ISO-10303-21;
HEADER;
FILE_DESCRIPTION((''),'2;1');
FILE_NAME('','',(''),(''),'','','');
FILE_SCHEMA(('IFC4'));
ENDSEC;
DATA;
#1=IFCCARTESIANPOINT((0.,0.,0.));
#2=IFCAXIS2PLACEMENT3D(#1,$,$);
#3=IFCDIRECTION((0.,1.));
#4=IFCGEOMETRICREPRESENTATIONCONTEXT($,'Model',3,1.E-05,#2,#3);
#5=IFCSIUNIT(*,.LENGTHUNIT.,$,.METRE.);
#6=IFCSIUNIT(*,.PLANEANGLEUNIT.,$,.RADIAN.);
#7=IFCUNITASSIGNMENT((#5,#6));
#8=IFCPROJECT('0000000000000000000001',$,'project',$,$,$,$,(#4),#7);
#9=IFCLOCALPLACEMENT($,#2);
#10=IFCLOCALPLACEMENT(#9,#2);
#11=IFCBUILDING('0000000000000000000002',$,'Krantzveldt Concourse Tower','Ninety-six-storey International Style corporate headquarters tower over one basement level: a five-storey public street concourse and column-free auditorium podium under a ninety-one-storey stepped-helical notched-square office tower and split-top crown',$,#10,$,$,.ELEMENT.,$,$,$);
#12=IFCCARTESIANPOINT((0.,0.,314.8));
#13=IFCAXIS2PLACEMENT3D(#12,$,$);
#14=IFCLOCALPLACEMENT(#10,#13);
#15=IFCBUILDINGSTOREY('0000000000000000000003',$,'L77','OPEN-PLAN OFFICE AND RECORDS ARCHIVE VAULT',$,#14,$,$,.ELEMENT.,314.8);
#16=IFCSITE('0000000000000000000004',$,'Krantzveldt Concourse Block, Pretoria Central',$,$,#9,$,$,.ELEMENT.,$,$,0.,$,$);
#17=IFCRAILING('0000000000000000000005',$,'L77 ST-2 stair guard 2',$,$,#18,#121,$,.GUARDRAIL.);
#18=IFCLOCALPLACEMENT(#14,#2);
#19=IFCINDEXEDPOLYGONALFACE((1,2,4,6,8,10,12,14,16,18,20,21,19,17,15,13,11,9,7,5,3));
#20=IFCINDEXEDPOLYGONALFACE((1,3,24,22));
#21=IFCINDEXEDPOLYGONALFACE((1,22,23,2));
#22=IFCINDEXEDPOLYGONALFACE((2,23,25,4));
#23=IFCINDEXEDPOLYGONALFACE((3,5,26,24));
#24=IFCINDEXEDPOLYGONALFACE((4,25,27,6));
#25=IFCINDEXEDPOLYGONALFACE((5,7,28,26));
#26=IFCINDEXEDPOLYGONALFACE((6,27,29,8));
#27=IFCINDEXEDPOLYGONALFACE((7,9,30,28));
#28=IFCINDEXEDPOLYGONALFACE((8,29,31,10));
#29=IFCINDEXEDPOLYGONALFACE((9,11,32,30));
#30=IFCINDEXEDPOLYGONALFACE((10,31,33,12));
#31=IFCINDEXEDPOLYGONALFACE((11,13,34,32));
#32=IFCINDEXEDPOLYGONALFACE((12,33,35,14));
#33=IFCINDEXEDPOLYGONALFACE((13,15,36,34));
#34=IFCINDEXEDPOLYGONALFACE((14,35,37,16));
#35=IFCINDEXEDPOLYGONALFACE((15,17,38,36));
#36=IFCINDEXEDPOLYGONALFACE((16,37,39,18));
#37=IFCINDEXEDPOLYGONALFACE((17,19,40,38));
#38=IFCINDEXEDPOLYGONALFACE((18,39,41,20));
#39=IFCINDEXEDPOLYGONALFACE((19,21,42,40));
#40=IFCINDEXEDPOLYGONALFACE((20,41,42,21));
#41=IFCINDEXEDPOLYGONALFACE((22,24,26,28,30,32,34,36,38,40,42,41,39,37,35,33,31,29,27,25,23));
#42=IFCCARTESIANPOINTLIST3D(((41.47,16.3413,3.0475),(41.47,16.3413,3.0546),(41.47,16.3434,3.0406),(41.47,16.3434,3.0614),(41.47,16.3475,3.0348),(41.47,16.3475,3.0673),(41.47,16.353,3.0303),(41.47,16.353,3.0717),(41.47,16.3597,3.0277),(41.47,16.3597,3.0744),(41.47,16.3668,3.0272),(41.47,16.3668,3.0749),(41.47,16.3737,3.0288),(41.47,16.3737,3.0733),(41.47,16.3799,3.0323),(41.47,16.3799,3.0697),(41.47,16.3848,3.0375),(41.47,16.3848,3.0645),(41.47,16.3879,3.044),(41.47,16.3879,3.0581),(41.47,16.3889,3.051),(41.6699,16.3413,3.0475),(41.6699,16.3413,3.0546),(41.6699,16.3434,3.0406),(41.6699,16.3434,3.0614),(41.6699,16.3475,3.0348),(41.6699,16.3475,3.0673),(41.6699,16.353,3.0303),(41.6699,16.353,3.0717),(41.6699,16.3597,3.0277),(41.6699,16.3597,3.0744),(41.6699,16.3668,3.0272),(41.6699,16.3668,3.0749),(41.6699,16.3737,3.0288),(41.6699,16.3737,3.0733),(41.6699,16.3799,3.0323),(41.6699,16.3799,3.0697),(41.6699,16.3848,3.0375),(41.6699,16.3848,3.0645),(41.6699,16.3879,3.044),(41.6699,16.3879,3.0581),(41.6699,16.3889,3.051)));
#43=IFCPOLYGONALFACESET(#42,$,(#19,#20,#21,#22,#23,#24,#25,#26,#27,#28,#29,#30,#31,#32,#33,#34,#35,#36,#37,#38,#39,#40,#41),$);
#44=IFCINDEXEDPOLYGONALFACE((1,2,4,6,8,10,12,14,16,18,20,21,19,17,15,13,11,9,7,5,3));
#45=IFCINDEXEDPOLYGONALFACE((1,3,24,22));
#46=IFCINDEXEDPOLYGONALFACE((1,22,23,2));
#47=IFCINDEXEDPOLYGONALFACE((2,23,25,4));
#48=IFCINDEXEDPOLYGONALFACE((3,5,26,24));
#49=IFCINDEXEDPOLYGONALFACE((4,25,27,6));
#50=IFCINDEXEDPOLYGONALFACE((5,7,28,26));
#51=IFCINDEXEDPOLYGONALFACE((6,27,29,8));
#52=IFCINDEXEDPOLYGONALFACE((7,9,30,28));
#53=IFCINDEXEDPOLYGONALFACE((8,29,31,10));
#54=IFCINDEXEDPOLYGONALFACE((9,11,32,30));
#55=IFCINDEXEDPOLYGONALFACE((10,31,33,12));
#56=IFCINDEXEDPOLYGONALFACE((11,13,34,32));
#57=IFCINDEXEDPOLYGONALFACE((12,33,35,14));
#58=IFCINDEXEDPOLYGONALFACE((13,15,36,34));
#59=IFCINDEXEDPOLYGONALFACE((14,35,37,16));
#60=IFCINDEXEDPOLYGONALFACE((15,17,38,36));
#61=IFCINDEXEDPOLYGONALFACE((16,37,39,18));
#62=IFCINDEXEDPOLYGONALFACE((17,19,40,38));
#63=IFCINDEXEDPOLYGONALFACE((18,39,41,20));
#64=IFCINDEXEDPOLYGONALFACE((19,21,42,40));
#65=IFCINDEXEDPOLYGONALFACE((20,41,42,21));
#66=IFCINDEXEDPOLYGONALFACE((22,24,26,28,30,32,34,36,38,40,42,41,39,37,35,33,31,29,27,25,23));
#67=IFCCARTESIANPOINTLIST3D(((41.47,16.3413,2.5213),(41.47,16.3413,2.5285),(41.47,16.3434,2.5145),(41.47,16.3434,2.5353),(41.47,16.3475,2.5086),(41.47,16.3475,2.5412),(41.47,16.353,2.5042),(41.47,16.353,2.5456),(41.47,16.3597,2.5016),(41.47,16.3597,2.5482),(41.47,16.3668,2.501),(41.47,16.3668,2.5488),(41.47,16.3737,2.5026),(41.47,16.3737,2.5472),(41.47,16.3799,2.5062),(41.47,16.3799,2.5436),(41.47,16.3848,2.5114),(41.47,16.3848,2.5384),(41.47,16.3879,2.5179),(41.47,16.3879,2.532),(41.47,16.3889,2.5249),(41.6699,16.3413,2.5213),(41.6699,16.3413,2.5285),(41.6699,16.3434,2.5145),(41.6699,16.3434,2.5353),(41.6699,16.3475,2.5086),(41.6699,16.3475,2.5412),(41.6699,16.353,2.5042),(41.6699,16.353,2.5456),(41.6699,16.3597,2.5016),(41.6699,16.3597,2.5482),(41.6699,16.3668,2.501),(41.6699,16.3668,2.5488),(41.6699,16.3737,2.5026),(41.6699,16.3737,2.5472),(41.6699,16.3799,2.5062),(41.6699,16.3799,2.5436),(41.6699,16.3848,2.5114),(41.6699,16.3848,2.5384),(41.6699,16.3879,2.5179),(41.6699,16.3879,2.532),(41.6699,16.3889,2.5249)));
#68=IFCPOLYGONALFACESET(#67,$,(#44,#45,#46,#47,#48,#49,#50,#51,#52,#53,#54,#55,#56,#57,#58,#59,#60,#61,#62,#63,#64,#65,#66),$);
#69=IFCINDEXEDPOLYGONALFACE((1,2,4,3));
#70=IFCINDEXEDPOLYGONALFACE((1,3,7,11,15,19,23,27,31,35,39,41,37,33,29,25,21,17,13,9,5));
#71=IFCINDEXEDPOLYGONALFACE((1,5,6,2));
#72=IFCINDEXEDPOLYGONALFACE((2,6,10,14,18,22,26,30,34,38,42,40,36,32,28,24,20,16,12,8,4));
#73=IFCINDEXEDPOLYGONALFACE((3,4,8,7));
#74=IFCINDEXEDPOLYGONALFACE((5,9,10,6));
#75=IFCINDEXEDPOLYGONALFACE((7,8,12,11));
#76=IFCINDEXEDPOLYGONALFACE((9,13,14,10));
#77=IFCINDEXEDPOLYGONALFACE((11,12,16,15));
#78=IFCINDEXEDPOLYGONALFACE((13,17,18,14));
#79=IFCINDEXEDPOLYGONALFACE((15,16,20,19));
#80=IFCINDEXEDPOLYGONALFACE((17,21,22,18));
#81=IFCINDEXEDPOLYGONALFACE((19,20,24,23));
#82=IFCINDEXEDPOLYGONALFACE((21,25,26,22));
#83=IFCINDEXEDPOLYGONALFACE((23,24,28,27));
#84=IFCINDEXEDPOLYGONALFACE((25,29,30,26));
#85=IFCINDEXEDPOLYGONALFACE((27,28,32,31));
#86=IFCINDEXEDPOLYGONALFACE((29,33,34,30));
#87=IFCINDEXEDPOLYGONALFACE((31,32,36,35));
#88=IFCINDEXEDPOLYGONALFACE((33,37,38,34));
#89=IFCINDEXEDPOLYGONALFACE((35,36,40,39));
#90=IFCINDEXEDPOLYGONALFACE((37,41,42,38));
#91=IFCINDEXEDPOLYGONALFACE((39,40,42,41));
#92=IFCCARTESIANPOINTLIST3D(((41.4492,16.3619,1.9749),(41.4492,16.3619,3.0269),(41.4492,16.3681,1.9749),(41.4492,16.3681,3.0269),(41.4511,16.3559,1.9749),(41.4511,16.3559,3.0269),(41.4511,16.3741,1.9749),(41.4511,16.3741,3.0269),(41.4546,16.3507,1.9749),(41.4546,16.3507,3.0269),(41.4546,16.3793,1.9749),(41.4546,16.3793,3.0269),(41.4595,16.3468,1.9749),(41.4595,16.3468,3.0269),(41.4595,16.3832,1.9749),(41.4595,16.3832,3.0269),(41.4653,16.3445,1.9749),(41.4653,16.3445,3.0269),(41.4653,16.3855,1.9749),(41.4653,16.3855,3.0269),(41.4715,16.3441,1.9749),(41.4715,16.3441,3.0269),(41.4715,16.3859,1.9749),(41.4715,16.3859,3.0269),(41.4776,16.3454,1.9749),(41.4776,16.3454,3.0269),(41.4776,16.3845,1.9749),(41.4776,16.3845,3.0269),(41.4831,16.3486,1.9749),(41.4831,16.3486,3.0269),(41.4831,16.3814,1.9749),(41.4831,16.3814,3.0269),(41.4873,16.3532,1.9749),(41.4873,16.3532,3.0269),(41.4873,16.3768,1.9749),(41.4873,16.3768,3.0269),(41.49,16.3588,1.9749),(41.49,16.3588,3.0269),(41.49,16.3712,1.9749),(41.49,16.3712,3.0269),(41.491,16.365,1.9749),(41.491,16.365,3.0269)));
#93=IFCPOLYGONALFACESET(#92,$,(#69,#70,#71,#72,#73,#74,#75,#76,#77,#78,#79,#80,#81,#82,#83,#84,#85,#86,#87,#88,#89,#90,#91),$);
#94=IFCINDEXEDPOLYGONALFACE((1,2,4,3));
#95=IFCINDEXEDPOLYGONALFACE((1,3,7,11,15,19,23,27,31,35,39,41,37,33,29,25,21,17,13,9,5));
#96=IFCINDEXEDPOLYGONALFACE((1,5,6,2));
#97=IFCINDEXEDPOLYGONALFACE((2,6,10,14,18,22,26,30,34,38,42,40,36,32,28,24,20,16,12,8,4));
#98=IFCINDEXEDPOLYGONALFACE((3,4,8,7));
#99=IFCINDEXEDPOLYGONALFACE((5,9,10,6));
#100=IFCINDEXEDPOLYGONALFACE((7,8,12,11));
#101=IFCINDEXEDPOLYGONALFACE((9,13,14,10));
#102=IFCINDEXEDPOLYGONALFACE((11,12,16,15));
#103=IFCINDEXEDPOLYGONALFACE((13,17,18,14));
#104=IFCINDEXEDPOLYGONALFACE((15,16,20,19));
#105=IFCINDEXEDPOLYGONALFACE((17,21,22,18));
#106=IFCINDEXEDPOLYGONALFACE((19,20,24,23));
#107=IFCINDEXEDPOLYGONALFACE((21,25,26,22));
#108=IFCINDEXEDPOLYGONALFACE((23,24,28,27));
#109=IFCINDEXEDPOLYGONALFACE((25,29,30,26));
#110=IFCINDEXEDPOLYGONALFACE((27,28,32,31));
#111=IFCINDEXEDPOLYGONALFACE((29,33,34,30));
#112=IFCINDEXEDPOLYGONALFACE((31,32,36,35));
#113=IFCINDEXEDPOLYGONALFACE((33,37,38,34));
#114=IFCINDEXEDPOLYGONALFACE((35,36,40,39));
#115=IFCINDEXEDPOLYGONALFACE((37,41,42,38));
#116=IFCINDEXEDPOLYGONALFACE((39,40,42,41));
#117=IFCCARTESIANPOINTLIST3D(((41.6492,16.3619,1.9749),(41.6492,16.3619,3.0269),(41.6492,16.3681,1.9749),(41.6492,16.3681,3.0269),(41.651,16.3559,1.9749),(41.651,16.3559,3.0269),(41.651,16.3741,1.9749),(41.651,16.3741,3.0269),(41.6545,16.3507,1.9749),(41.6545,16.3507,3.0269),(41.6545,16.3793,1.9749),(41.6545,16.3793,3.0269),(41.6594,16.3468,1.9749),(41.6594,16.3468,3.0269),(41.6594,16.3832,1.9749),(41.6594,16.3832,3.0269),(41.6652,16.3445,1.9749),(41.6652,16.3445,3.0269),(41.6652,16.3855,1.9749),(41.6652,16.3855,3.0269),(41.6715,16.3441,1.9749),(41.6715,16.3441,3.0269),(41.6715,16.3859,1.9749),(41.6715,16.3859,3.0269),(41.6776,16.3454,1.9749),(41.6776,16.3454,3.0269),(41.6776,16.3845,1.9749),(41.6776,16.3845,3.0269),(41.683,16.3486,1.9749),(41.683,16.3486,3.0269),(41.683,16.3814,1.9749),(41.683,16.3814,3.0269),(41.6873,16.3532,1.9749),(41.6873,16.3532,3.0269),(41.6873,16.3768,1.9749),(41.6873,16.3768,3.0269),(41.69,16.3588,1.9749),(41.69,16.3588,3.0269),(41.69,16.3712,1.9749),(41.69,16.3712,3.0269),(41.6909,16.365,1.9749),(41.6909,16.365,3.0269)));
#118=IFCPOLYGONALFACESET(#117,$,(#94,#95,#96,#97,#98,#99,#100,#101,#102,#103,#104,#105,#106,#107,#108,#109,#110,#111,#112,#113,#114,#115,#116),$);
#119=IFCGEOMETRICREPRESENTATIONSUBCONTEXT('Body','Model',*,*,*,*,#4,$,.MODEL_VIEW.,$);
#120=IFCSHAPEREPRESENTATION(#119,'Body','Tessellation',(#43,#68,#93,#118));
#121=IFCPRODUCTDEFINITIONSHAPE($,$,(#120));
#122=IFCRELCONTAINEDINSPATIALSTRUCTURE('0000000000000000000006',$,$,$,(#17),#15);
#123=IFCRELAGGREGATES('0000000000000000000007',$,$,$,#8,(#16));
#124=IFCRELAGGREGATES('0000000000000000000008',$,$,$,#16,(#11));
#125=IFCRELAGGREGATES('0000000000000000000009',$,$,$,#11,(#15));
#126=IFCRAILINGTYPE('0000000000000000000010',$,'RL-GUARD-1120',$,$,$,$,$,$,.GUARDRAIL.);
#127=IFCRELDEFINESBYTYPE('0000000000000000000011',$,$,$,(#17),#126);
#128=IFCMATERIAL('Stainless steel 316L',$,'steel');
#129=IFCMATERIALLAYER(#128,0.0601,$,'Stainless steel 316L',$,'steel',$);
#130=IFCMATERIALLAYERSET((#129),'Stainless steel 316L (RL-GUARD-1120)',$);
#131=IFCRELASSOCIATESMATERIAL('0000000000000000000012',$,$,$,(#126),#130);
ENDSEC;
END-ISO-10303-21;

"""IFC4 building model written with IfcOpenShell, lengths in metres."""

from ifc_helpers import new_model, si_unit, direction, frame, origin, origin_2d, place, context, subcontext, project, spatial, circle, extrude, material, layer, layer_set, type_object, element, save


model = new_model("IFC4")

# Units and contexts
model_context = context("Model", 3, precision=1e-05, world=origin(), true_north=direction((0.0, 1.0)))
body_context = subcontext(model_context, "Body", "Model", "MODEL_VIEW")
ifc_project = project(units=[si_unit("LENGTHUNIT", "METRE"), si_unit("PLANEANGLEUNIT", "RADIAN")], contexts=[model_context])

# Site, building, storey
site_placement = place(None, origin())
site = spatial("IfcSite", under=ifc_project, at=site_placement, Name="Krantzveldt Concourse Block, Pretoria Central", CompositionType="ELEMENT", RefElevation=0.0)
building_placement = place(site_placement, origin())
building = spatial("IfcBuilding", under=site, at=building_placement, Name="Krantzveldt Concourse Tower", Description="Ninety-six-storey International Style corporate headquarters tower over one basement level: a five-storey public street concourse and column-free auditorium podium under a ninety-one-storey stepped-helical notched-square office tower and split-top crown", CompositionType="ELEMENT")
storey_placement = place(building_placement, frame((0.0, 0.0, 314.8)))
storey = spatial("IfcBuildingStorey", under=building, at=storey_placement, Name="L77", Description="OPEN-PLAN OFFICE AND RECORDS ARCHIVE VAULT", CompositionType="ELEMENT", Elevation=314.8)

# Shared definitions
ifc_material_1 = material(Name="Stainless steel 316L", Category="steel")

# Railing
ifc_layer_1 = layer(ifc_material_1, 0.0601, Name="Stainless steel 316L", Category="steel")
ifc_layer_set_1 = layer_set([ifc_layer_1], Name="Stainless steel 316L (RL-GUARD-1120)")
railing_type_1 = type_object("IfcRailingType", Name="RL-GUARD-1120", PredefinedType="GUARDRAIL", material=ifc_layer_set_1)
railing_1_placement = place(storey_placement, frame((41.47, 16.365, 1.9749)))
element("IfcRailing", 1, at=railing_1_placement, inside=storey, type_object=railing_type_1, Name="L77 ST-2 stair guard 2", PredefinedType="GUARDRAIL", context=body_context, shape_type="SweptSolid", body=[
    extrude(circle(Radius=0.0239, at=origin_2d()), frame((0.0, 0.0, 1.0762), z_axis=(1.0, 0.0, 0.0), x_axis=(0.0, 1.0, 0.0)), (0.0, 0.0, 1.0), 0.2),
    extrude(circle(Radius=0.0239, at=origin_2d()), frame((0.0, 0.0, 0.55), z_axis=(1.0, 0.0, 0.0), x_axis=(0.0, 1.0, 0.0)), (0.0, 0.0, 1.0), 0.2),
    extrude(circle(Radius=0.021, at=origin_2d()), origin(), (0.0, 0.0, 1.0), 1.052),
    extrude(circle(Radius=0.021, at=origin_2d()), frame((0.2, 0.0, 0.0)), (0.0, 0.0, 1.0), 1.052),
])

save(model, "model.ifc")
